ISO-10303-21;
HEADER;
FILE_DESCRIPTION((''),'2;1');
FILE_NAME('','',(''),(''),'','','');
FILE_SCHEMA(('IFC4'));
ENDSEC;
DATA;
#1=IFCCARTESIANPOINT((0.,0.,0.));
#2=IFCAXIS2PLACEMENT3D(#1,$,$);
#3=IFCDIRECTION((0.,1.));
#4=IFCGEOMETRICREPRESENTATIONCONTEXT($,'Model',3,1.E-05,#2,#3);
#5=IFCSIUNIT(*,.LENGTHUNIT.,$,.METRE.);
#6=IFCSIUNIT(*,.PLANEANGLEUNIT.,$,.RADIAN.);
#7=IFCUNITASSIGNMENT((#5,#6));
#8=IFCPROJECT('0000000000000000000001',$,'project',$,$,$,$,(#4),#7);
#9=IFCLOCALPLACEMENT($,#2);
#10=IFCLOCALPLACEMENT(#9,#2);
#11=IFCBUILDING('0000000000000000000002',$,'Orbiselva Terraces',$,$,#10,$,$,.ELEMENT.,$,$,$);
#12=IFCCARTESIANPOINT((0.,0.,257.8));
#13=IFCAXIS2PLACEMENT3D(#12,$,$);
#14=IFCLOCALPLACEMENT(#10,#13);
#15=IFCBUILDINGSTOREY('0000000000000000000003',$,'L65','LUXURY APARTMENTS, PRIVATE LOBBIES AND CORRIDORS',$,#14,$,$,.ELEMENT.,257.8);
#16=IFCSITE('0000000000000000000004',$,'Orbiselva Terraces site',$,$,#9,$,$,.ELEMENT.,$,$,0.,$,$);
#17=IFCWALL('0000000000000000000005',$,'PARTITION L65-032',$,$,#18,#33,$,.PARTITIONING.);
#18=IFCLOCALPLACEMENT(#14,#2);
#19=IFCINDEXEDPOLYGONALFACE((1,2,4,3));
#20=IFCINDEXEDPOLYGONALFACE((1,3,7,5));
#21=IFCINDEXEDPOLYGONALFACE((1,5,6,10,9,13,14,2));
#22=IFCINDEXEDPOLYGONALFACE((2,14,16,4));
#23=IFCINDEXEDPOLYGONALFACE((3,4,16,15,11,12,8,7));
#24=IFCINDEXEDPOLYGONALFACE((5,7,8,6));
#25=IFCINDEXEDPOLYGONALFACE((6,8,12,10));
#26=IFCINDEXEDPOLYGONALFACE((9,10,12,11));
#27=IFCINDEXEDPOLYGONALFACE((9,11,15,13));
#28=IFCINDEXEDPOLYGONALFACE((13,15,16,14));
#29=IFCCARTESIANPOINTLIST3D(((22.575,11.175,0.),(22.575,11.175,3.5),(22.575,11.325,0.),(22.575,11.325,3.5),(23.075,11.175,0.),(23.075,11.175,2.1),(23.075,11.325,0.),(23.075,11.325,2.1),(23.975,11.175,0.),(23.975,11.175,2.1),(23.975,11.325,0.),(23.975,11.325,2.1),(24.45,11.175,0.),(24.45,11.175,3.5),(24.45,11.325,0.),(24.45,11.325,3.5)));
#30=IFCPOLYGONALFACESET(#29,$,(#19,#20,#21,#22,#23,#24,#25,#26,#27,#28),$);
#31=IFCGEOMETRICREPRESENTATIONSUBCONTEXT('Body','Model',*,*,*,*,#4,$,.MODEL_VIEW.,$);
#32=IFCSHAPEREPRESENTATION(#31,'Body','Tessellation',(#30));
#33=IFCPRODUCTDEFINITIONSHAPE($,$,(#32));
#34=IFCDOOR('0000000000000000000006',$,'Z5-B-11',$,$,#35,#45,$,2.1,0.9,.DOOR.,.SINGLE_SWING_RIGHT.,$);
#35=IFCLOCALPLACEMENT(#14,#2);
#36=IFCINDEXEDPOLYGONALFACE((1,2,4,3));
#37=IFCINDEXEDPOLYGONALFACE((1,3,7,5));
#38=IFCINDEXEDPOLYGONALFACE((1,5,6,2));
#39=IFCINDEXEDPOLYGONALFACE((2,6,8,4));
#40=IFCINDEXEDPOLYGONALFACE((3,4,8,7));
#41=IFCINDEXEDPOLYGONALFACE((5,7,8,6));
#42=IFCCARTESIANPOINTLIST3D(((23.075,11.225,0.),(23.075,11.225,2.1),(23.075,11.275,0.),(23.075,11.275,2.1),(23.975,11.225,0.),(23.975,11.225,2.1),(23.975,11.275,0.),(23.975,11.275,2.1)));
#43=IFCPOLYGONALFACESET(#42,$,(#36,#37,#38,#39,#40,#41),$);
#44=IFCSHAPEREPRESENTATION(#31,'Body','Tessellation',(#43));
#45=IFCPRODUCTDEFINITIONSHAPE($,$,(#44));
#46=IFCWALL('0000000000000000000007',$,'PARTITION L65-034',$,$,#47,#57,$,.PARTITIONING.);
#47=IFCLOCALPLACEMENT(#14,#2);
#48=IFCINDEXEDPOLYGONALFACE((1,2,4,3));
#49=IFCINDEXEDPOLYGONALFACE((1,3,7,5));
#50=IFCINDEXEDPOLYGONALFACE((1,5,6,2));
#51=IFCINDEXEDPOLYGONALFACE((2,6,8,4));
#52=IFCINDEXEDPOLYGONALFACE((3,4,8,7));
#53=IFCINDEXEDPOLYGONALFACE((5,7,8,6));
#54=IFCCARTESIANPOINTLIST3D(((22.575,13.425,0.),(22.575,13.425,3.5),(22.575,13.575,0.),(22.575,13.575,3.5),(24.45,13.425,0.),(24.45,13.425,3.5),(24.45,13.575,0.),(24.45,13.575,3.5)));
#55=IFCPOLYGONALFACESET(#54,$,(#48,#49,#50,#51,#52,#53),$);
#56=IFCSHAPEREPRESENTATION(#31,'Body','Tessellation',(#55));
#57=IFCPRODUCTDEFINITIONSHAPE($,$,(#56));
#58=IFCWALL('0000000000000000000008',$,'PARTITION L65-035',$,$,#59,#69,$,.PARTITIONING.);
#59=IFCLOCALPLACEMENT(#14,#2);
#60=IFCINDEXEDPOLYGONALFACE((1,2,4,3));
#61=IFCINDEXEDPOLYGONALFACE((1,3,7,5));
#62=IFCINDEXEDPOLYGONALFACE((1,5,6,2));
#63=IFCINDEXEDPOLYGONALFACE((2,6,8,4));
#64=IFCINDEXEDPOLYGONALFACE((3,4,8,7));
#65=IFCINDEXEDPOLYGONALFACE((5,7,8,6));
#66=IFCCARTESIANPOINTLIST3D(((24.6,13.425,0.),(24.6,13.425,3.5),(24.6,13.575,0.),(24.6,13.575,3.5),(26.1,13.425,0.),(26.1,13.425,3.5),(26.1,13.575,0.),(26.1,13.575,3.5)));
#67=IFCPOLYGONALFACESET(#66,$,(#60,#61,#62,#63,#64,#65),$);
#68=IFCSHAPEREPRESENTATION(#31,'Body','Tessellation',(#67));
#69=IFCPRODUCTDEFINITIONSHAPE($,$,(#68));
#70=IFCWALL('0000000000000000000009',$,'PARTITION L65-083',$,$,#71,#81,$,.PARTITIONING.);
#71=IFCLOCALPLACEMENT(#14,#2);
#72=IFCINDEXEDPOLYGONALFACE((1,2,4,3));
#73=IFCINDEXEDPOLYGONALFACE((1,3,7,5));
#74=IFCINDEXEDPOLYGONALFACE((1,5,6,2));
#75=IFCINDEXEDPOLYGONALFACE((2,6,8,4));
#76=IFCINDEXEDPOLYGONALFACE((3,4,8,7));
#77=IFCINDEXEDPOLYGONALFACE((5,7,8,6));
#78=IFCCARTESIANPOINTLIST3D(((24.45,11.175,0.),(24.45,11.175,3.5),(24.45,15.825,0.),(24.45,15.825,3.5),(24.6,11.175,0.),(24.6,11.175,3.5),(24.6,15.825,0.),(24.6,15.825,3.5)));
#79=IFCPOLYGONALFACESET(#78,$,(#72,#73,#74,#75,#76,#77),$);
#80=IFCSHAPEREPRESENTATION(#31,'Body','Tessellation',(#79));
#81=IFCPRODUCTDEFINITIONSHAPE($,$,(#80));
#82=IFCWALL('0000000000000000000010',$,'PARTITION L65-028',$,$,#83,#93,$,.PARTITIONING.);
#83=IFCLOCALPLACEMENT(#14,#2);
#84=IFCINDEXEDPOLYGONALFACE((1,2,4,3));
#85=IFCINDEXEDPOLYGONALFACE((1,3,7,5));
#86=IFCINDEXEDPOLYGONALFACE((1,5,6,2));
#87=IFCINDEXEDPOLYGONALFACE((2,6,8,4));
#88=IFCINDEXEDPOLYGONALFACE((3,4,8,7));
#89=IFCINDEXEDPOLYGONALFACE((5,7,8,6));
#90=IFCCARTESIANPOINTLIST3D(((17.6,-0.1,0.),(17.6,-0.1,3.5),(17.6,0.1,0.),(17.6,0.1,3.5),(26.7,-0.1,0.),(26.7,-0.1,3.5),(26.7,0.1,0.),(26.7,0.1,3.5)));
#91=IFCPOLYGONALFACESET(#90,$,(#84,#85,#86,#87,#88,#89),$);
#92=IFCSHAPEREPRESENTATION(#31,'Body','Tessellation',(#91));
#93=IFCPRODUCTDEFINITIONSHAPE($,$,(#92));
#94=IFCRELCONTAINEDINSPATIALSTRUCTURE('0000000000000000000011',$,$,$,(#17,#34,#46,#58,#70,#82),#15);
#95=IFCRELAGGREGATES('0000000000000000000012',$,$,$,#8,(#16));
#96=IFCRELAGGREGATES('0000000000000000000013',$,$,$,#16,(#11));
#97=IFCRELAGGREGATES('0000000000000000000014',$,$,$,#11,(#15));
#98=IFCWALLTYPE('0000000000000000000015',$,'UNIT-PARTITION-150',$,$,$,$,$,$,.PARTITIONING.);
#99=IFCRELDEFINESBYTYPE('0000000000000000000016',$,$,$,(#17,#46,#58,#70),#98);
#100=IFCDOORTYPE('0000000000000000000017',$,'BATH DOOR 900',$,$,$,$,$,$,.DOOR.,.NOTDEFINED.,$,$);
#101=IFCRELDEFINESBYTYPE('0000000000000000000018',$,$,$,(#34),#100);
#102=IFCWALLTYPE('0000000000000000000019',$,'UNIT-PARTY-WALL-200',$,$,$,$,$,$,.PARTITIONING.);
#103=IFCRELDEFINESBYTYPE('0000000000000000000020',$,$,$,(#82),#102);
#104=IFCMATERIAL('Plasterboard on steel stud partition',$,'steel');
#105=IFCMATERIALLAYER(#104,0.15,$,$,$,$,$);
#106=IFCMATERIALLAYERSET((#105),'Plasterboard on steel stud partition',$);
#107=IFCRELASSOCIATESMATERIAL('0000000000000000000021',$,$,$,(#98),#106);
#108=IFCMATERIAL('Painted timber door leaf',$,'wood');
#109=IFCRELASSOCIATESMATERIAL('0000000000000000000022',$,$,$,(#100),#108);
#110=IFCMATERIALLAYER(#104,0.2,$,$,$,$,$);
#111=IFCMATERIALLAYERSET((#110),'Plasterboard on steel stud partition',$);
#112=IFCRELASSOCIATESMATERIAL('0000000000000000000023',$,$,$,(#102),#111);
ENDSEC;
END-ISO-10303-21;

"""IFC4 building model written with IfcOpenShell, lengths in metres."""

from ifc_helpers import new_model, si_unit, direction, frame, frame_2d, origin, place, context, subcontext, project, spatial, rectangle, extrude, material, layer, layer_set, type_object, element, fill, save


model = new_model("IFC4")

# Units and contexts
model_context = context("Model", 3, precision=1e-05, world=origin(), true_north=direction((0.0, 1.0)))
body_context = subcontext(model_context, "Body", "Model", "MODEL_VIEW")
ifc_project = project(units=[si_unit("LENGTHUNIT", "METRE"), si_unit("PLANEANGLEUNIT", "RADIAN")], contexts=[model_context])

# Site, building, storey
site_placement = place(None, origin())
site = spatial("IfcSite", under=ifc_project, at=site_placement, Name="Orbiselva Terraces site", CompositionType="ELEMENT", RefElevation=0.0)
building_placement = place(site_placement, origin())
building = spatial("IfcBuilding", under=site, at=building_placement, Name="Orbiselva Terraces", CompositionType="ELEMENT")
storey_placement = place(building_placement, frame((0.0, 0.0, 257.8)))
storey = spatial("IfcBuildingStorey", under=building, at=storey_placement, Name="L65", Description="LUXURY APARTMENTS, PRIVATE LOBBIES AND CORRIDORS", CompositionType="ELEMENT", Elevation=257.8)

# Shared definitions
ifc_material_1 = material(Name="Plasterboard on steel stud partition", Category="steel")
ifc_material_2 = material(Name="Painted timber door leaf", Category="wood")

# Shared definitions
ifc_layer_1 = layer(ifc_material_1, 0.15)
ifc_layer_set_1 = layer_set([ifc_layer_1], Name="Plasterboard on steel stud partition")
wall_type_1 = type_object("IfcWallType", Name="UNIT-PARTITION-150", PredefinedType="PARTITIONING", material=ifc_layer_set_1)

# Wall, opening, door
wall_1_placement = place(storey_placement, frame((22.575, 11.25, 0.0), z_axis=(0.0, 0.0, 1.0), x_axis=(1.0, 0.0, 0.0)))
wall_1 = element("IfcWall", 1, at=wall_1_placement, inside=storey, type_object=wall_type_1, Name="PARTITION L65-032", PredefinedType="PARTITIONING", context=body_context, shape_type="SweptSolid", body=[
    extrude(rectangle(XDim=1.875, YDim=0.15, at=frame_2d((0.9375, 0.0))), origin(), (0.0, 0.0, 1.0), 3.5),
])
opening_1_placement = place(wall_1_placement, frame((0.5, 0.0, 0.0)))
opening_1 = element("IfcOpeningElement", 2, at=opening_1_placement, cuts=wall_1, PredefinedType="OPENING", context=body_context, shape_type="SweptSolid", body=[
    extrude(rectangle(XDim=0.9, YDim=2.1, at=frame_2d((0.45, 1.05))), frame((0.0, 0.085, 0.0), z_axis=(0.0, -1.0, 0.0), x_axis=(1.0, 0.0, 0.0)), (0.0, 0.0, 1.0), 0.17),
])
door_type_1 = type_object("IfcDoorType", Name="BATH DOOR 900", OperationType="NOTDEFINED", PredefinedType="DOOR", material=ifc_material_2)
door_1_placement = place(opening_1_placement, origin())
door_1 = element("IfcDoor", 3, at=door_1_placement, inside=storey, type_object=door_type_1, Name="Z5-B-11", OperationType="SINGLE_SWING_RIGHT", OverallHeight=2.1, OverallWidth=0.9, PredefinedType="DOOR", context=body_context, shape_type="SweptSolid", body=[
    extrude(rectangle(XDim=0.9, YDim=2.1, at=frame_2d((0.45, 1.05))), frame((0.0, 0.025, 0.0), z_axis=(0.0, -1.0, 0.0), x_axis=(1.0, 0.0, 0.0)), (0.0, 0.0, 1.0), 0.05),
])
fill(opening_1, door_1)

# Walls
wall_2_placement = place(storey_placement, frame((22.575, 13.5, 0.0), z_axis=(0.0, 0.0, 1.0), x_axis=(1.0, 0.0, 0.0)))
element("IfcWall", 4, at=wall_2_placement, inside=storey, type_object=wall_type_1, Name="PARTITION L65-034", PredefinedType="PARTITIONING", context=body_context, shape_type="SweptSolid", body=[
    extrude(rectangle(XDim=1.875, YDim=0.15, at=frame_2d((0.9375, 0.0))), origin(), (0.0, 0.0, 1.0), 3.5),
])
wall_3_placement = place(storey_placement, frame((24.6, 13.5, 0.0), z_axis=(0.0, 0.0, 1.0), x_axis=(1.0, 0.0, 0.0)))
element("IfcWall", 5, at=wall_3_placement, inside=storey, type_object=wall_type_1, Name="PARTITION L65-035", PredefinedType="PARTITIONING", context=body_context, shape_type="SweptSolid", body=[
    extrude(rectangle(XDim=1.5, YDim=0.15, at=frame_2d((0.75, 0.0))), origin(), (0.0, 0.0, 1.0), 3.5),
])
wall_4_placement = place(storey_placement, frame((24.525, 11.175, 0.0), z_axis=(0.0, 0.0, 1.0), x_axis=(0.0, 1.0, 0.0)))
element("IfcWall", 6, at=wall_4_placement, inside=storey, type_object=wall_type_1, Name="PARTITION L65-083", PredefinedType="PARTITIONING", context=body_context, shape_type="SweptSolid", body=[
    extrude(rectangle(XDim=4.65, YDim=0.15, at=frame_2d((2.325, 0.0))), origin(), (0.0, 0.0, 1.0), 3.5),
])
ifc_layer_2 = layer(ifc_material_1, 0.2)
ifc_layer_set_2 = layer_set([ifc_layer_2], Name="Plasterboard on steel stud partition")
wall_type_2 = type_object("IfcWallType", Name="UNIT-PARTY-WALL-200", PredefinedType="PARTITIONING", material=ifc_layer_set_2)
wall_5_placement = place(storey_placement, frame((17.6, 0.0, 0.0), z_axis=(0.0, 0.0, 1.0), x_axis=(1.0, 0.0, 0.0)))
element("IfcWall", 7, at=wall_5_placement, inside=storey, type_object=wall_type_2, Name="PARTITION L65-028", PredefinedType="PARTITIONING", context=body_context, shape_type="SweptSolid", body=[
    extrude(rectangle(XDim=9.1, YDim=0.2, at=frame_2d((4.55, 0.0))), origin(), (0.0, 0.0, 1.0), 3.5),
])

save(model, "model.ifc")
